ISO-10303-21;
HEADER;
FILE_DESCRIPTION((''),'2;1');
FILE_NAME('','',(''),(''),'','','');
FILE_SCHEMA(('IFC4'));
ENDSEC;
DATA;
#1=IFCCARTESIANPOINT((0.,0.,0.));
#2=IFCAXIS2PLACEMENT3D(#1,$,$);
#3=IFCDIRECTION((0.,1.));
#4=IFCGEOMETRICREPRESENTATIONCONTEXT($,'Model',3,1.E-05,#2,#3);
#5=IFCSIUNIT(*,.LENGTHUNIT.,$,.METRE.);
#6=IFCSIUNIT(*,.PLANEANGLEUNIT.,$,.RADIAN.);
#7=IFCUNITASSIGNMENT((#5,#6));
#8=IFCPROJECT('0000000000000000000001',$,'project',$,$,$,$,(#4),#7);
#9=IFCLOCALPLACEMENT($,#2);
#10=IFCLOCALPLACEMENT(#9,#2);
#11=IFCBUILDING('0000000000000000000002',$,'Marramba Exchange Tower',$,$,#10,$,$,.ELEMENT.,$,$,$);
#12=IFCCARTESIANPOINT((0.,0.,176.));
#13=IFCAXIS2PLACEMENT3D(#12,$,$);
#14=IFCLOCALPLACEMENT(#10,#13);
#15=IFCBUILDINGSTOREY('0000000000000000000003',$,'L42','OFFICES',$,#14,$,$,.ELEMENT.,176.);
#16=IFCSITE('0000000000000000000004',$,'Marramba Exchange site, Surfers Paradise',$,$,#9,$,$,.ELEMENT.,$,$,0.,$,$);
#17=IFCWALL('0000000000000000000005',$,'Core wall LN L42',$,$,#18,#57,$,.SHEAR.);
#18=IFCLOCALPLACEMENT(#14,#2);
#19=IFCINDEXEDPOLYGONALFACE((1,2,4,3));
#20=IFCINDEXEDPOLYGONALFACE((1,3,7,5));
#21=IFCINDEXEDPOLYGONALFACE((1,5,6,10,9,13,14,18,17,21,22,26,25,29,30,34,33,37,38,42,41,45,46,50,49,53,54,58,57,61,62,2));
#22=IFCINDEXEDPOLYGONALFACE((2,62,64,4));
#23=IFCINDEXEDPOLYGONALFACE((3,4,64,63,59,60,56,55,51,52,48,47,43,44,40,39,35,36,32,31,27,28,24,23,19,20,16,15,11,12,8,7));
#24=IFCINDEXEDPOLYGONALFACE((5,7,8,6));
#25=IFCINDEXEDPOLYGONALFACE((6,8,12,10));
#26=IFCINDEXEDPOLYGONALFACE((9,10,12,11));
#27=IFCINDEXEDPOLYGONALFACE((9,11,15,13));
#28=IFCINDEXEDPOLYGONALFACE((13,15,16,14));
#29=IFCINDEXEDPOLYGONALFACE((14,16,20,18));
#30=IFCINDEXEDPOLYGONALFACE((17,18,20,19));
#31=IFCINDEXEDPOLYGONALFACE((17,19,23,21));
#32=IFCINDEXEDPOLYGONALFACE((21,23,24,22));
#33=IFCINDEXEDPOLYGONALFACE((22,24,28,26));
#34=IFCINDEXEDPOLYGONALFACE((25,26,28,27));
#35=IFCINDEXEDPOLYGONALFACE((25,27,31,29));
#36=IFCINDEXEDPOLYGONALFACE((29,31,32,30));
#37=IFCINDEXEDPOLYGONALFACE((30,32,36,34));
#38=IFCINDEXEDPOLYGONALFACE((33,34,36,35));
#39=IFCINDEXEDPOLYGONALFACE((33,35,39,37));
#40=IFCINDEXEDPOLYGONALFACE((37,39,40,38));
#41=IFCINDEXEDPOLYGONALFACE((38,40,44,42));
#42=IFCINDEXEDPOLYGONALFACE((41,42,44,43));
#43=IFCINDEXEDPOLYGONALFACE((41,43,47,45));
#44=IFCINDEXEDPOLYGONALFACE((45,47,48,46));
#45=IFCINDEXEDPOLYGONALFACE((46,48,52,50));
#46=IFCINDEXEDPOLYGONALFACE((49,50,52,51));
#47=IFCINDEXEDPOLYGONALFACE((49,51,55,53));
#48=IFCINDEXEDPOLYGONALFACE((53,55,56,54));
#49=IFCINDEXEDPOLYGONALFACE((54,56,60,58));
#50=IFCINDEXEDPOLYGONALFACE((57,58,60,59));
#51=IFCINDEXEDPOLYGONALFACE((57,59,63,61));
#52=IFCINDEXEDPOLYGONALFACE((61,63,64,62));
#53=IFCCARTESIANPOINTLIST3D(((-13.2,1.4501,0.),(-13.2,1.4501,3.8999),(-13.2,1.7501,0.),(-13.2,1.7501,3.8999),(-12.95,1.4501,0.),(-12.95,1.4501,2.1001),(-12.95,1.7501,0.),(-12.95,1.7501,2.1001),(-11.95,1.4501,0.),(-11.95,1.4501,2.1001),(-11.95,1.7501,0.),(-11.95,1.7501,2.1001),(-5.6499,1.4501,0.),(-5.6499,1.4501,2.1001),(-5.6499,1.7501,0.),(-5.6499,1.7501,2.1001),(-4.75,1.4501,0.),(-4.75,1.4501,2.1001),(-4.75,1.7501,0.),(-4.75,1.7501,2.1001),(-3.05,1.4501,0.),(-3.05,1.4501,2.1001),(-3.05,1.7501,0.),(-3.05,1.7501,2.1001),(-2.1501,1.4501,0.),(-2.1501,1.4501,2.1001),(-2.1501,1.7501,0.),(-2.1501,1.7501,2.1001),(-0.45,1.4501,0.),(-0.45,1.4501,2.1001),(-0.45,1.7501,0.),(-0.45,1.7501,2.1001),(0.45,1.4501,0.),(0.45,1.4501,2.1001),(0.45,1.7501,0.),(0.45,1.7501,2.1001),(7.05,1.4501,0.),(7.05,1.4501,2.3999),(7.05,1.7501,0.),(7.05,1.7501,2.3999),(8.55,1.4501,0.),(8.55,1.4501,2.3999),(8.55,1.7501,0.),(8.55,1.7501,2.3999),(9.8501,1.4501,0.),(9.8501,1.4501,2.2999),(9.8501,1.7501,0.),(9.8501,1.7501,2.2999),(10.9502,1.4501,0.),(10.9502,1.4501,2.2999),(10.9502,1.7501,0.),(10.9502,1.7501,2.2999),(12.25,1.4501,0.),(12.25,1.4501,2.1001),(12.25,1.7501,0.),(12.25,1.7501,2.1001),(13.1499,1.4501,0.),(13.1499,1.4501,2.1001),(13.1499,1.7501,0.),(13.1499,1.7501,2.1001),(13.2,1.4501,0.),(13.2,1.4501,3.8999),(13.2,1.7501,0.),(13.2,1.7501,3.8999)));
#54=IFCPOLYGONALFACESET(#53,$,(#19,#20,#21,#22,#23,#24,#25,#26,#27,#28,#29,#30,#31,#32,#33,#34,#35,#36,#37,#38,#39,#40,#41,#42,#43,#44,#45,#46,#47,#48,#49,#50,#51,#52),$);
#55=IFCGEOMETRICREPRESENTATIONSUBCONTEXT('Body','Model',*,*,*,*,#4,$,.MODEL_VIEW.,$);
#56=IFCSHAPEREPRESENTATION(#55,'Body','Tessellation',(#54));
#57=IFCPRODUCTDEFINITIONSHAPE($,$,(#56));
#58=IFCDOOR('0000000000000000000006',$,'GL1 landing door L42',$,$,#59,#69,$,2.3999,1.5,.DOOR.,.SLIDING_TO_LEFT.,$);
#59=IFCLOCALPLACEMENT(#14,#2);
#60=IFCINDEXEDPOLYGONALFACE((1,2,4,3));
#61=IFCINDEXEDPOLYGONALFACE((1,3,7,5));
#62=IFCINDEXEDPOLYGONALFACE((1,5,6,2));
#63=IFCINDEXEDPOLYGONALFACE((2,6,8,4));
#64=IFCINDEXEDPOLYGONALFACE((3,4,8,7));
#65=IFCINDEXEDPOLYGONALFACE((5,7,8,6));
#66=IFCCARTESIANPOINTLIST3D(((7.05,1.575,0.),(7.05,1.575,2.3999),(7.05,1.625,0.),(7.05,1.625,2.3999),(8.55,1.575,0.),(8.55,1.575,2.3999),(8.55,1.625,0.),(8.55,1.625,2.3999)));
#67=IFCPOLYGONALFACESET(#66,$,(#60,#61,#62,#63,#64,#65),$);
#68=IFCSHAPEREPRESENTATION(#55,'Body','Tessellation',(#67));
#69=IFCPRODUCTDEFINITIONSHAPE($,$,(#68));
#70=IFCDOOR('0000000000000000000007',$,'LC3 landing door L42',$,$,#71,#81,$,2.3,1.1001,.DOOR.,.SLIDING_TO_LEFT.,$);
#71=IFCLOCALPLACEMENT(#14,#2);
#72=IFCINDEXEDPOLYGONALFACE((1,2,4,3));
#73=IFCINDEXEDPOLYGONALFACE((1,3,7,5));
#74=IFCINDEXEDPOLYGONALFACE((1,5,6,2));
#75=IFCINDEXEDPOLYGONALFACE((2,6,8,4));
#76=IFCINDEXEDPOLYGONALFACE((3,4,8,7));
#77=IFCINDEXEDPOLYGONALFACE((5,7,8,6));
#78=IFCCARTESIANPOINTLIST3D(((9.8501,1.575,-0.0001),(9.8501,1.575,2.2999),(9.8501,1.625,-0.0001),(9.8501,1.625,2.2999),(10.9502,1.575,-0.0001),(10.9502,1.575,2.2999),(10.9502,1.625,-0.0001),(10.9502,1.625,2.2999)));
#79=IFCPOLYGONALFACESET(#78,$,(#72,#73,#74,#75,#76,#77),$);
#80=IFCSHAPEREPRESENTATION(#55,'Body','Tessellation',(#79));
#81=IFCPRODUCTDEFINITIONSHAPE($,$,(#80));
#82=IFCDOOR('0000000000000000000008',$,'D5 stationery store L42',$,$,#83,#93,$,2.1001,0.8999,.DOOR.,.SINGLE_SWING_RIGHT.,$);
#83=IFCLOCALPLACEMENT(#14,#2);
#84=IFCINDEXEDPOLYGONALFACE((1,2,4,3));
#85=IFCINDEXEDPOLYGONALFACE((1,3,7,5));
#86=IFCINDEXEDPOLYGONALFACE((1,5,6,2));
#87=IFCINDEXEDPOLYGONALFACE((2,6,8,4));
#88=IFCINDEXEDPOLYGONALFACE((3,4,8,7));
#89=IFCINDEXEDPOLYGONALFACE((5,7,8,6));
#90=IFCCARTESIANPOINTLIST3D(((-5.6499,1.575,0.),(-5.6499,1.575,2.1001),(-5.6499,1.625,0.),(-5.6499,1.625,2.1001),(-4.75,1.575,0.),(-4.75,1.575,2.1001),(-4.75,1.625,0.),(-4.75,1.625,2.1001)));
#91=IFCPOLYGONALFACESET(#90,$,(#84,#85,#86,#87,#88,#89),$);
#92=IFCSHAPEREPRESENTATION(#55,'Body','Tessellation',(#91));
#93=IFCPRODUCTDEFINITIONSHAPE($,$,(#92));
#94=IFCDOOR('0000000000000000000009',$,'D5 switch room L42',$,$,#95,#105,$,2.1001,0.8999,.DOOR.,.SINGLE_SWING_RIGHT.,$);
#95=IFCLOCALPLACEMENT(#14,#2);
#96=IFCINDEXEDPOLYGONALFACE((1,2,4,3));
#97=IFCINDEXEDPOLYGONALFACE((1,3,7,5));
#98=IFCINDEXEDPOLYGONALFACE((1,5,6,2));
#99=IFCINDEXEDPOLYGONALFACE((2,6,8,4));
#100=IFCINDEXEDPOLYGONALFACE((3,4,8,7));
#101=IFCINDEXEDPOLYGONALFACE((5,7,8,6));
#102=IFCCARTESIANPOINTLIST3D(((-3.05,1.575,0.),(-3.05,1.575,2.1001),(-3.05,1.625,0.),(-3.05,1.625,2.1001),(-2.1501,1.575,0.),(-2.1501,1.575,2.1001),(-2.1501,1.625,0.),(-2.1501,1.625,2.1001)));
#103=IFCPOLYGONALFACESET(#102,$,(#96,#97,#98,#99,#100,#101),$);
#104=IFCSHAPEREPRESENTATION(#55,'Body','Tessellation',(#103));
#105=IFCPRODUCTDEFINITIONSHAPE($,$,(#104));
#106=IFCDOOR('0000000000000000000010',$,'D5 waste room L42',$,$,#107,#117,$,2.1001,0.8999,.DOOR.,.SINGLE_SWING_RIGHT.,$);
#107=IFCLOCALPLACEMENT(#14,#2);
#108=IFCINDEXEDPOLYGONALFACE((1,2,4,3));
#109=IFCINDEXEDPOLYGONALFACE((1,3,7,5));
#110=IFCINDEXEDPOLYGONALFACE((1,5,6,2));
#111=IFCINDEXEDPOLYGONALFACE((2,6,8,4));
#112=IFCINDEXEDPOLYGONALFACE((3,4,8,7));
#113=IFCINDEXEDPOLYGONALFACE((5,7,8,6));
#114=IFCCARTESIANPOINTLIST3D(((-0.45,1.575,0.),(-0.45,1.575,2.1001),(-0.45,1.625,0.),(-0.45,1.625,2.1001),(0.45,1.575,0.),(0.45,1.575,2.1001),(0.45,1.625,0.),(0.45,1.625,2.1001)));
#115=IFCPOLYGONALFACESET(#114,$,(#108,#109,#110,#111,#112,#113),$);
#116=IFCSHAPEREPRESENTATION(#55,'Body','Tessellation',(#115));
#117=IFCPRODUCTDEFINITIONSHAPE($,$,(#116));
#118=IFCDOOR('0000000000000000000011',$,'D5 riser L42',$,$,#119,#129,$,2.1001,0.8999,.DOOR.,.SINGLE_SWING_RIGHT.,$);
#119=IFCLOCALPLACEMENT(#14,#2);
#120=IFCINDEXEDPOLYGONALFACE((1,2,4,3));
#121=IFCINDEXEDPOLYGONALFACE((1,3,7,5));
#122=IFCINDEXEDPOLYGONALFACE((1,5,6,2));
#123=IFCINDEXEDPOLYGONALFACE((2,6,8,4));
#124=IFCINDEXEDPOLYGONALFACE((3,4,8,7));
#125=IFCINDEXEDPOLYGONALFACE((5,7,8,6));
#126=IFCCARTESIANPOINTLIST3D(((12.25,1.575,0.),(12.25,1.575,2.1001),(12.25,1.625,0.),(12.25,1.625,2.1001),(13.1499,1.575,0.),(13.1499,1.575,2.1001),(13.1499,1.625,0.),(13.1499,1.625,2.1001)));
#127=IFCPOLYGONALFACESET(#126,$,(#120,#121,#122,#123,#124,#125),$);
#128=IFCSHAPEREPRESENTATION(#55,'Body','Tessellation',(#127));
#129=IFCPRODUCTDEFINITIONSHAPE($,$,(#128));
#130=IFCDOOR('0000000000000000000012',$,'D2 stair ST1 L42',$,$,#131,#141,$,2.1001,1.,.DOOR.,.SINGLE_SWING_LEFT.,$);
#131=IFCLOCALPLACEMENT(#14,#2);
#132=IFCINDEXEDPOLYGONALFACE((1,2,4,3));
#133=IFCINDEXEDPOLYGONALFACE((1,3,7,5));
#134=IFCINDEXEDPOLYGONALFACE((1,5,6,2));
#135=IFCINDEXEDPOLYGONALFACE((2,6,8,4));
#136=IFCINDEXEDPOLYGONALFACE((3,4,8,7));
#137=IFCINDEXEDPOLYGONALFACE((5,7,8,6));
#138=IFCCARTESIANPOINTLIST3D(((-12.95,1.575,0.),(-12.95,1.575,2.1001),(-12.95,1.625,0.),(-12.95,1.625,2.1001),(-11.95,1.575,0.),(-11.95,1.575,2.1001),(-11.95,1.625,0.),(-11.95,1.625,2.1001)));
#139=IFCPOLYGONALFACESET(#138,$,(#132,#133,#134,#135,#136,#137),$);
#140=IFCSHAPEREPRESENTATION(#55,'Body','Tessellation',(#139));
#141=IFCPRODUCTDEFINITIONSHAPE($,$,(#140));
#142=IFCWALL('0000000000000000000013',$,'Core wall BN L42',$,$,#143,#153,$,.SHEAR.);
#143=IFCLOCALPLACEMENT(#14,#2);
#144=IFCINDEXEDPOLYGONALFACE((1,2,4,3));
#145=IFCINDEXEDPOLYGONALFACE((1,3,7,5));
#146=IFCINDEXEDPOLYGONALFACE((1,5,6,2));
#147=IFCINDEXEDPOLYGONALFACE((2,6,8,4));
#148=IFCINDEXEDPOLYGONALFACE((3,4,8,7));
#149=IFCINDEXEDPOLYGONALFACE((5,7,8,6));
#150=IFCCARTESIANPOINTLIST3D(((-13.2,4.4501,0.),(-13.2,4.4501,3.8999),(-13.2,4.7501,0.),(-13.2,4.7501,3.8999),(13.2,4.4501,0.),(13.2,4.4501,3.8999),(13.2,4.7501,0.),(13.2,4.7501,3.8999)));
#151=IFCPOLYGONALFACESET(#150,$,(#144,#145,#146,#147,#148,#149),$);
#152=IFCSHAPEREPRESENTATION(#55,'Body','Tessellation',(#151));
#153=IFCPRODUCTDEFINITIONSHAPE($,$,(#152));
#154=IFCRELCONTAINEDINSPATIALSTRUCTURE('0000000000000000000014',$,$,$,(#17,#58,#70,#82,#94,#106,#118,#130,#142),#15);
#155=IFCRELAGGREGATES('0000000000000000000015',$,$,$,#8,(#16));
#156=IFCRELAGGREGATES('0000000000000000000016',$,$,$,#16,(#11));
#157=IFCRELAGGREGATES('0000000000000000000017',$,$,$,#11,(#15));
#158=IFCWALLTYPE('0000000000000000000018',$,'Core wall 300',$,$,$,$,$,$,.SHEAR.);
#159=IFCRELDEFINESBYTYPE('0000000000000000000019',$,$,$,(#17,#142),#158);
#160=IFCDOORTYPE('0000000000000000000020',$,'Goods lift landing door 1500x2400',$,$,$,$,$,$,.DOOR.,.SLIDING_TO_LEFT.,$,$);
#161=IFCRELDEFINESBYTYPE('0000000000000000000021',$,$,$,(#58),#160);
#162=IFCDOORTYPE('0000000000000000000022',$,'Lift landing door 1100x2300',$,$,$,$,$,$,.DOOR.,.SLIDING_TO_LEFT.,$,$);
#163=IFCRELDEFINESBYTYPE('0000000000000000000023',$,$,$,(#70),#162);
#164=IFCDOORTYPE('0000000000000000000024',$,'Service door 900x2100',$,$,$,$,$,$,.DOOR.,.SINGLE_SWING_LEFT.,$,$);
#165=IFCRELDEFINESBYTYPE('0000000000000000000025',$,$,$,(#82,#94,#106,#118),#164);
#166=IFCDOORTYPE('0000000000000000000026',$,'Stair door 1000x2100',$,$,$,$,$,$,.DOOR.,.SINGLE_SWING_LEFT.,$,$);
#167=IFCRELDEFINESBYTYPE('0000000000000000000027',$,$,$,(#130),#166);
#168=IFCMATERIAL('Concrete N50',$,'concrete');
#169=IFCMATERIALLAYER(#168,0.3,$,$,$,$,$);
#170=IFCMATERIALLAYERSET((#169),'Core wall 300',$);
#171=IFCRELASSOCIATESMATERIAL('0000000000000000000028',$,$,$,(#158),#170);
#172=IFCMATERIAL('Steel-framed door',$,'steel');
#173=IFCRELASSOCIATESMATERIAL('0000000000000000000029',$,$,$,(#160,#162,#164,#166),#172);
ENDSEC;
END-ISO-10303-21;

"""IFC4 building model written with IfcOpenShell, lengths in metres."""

from ifc_helpers import new_model, si_unit, direction, frame, frame_2d, origin, place, context, subcontext, project, spatial, rectangle, extrude, material, layer, layer_set, type_object, element, fill, save


model = new_model("IFC4")

# Units and contexts
model_context = context("Model", 3, precision=1e-05, world=origin(), true_north=direction((0.0, 1.0)))
body_context = subcontext(model_context, "Body", "Model", "MODEL_VIEW")
ifc_project = project(units=[si_unit("LENGTHUNIT", "METRE"), si_unit("PLANEANGLEUNIT", "RADIAN")], contexts=[model_context])

# Site, building, storey
site_placement = place(None, origin())
site = spatial("IfcSite", under=ifc_project, at=site_placement, Name="Marramba Exchange site, Surfers Paradise", CompositionType="ELEMENT", RefElevation=0.0)
building_placement = place(site_placement, origin())
building = spatial("IfcBuilding", under=site, at=building_placement, Name="Marramba Exchange Tower", CompositionType="ELEMENT")
storey_placement = place(building_placement, frame((0.0, 0.0, 176.0)))
storey = spatial("IfcBuildingStorey", under=building, at=storey_placement, Name="L42", Description="OFFICES", CompositionType="ELEMENT", Elevation=176.0)

# Shared definitions
ifc_material_1 = material(Name="Concrete N50", Category="concrete")
ifc_material_2 = material(Name="Steel-framed door", Category="steel")

# Wall, openings, doors
ifc_layer_1 = layer(ifc_material_1, 0.3)
ifc_layer_set_1 = layer_set([ifc_layer_1], Name="Core wall 300")
wall_type_1 = type_object("IfcWallType", Name="Core wall 300", PredefinedType="SHEAR", material=ifc_layer_set_1)
wall_1_placement = place(storey_placement, frame((-13.2, 1.6001, 0.0), z_axis=(0.0, 0.0, 1.0), x_axis=(1.0, 0.0, 0.0)))
wall_1 = element("IfcWall", 1, at=wall_1_placement, inside=storey, type_object=wall_type_1, Name="Core wall LN L42", PredefinedType="SHEAR", context=body_context, shape_type="SweptSolid", body=[
    extrude(rectangle(XDim=26.3999, YDim=0.3, at=frame_2d((13.2, 0.0))), origin(), (0.0, 0.0, 1.0), 3.8999),
])
opening_1_placement = place(wall_1_placement, frame((0.25, 0.0, 0.0)))
opening_1 = element("IfcOpeningElement", 2, at=opening_1_placement, cuts=wall_1, PredefinedType="OPENING", context=body_context, shape_type="SweptSolid", body=[
    extrude(rectangle(XDim=1.0, YDim=2.1001, at=frame_2d((0.5, 1.05))), frame((0.0, 0.1599, 0.0), z_axis=(0.0, -1.0, 0.0), x_axis=(1.0, 0.0, 0.0)), (0.0, 0.0, 1.0), 0.3201),
])
opening_2_placement = place(wall_1_placement, frame((23.05, 0.0, 0.0)))
opening_2 = element("IfcOpeningElement", 3, at=opening_2_placement, cuts=wall_1, PredefinedType="OPENING", context=body_context, shape_type="SweptSolid", body=[
    extrude(rectangle(XDim=1.1001, YDim=2.3, at=frame_2d((0.55, 1.1499))), frame((0.0, 0.1599, 0.0), z_axis=(0.0, -1.0, 0.0), x_axis=(1.0, 0.0, 0.0)), (0.0, 0.0, 1.0), 0.3201),
])
opening_3_placement = place(wall_1_placement, frame((20.25, 0.0, 0.0)))
opening_3 = element("IfcOpeningElement", 4, at=opening_3_placement, cuts=wall_1, PredefinedType="OPENING", context=body_context, shape_type="SweptSolid", body=[
    extrude(rectangle(XDim=1.5, YDim=2.3999, at=frame_2d((0.75, 1.2))), frame((0.0, 0.1599, 0.0), z_axis=(0.0, -1.0, 0.0), x_axis=(1.0, 0.0, 0.0)), (0.0, 0.0, 1.0), 0.3201),
])
opening_4_placement = place(wall_1_placement, frame((7.55, 0.0, 0.0)))
opening_4 = element("IfcOpeningElement", 5, at=opening_4_placement, cuts=wall_1, PredefinedType="OPENING", context=body_context, shape_type="SweptSolid", body=[
    extrude(rectangle(XDim=0.8999, YDim=2.1001, at=frame_2d((0.45, 1.05))), frame((0.0, 0.1599, 0.0), z_axis=(0.0, -1.0, 0.0), x_axis=(1.0, 0.0, 0.0)), (0.0, 0.0, 1.0), 0.3201),
])
opening_5_placement = place(wall_1_placement, frame((10.1499, 0.0, 0.0)))
opening_5 = element("IfcOpeningElement", 6, at=opening_5_placement, cuts=wall_1, PredefinedType="OPENING", context=body_context, shape_type="SweptSolid", body=[
    extrude(rectangle(XDim=0.8999, YDim=2.1001, at=frame_2d((0.45, 1.05))), frame((0.0, 0.1599, 0.0), z_axis=(0.0, -1.0, 0.0), x_axis=(1.0, 0.0, 0.0)), (0.0, 0.0, 1.0), 0.3201),
])
opening_6_placement = place(wall_1_placement, frame((12.75, 0.0, 0.0)))
opening_6 = element("IfcOpeningElement", 7, at=opening_6_placement, cuts=wall_1, PredefinedType="OPENING", context=body_context, shape_type="SweptSolid", body=[
    extrude(rectangle(XDim=0.8999, YDim=2.1001, at=frame_2d((0.45, 1.05))), frame((0.0, 0.1599, 0.0), z_axis=(0.0, -1.0, 0.0), x_axis=(1.0, 0.0, 0.0)), (0.0, 0.0, 1.0), 0.3201),
])
opening_7_placement = place(wall_1_placement, frame((25.45, 0.0, 0.0)))
opening_7 = element("IfcOpeningElement", 8, at=opening_7_placement, cuts=wall_1, PredefinedType="OPENING", context=body_context, shape_type="SweptSolid", body=[
    extrude(rectangle(XDim=0.8999, YDim=2.1001, at=frame_2d((0.45, 1.05))), frame((0.0, 0.1599, 0.0), z_axis=(0.0, -1.0, 0.0), x_axis=(1.0, 0.0, 0.0)), (0.0, 0.0, 1.0), 0.3201),
])
door_type_1 = type_object("IfcDoorType", Name="Goods lift landing door 1500x2400", OperationType="SLIDING_TO_LEFT", PredefinedType="DOOR", material=ifc_material_2)
door_1_placement = place(opening_3_placement, origin())
door_1 = element("IfcDoor", 9, at=door_1_placement, inside=storey, type_object=door_type_1, Name="GL1 landing door L42", OperationType="SLIDING_TO_LEFT", OverallHeight=2.3999, OverallWidth=1.5, PredefinedType="DOOR", context=body_context, shape_type="SweptSolid", body=[
    extrude(rectangle(XDim=1.5, YDim=2.3999, at=frame_2d((0.75, 1.2))), frame((0.0, 0.0249, 0.0), z_axis=(0.0, -1.0, 0.0), x_axis=(1.0, 0.0, 0.0)), (0.0, 0.0, 1.0), 0.05),
])
fill(opening_3, door_1)
door_type_2 = type_object("IfcDoorType", Name="Lift landing door 1100x2300", OperationType="SLIDING_TO_LEFT", PredefinedType="DOOR", material=ifc_material_2)
door_2_placement = place(opening_2_placement, origin())
door_2 = element("IfcDoor", 10, at=door_2_placement, inside=storey, type_object=door_type_2, Name="LC3 landing door L42", OperationType="SLIDING_TO_LEFT", OverallHeight=2.3, OverallWidth=1.1001, PredefinedType="DOOR", context=body_context, shape_type="SweptSolid", body=[
    extrude(rectangle(XDim=1.1001, YDim=2.3, at=frame_2d((0.55, 1.1499))), frame((0.0, 0.0249, 0.0), z_axis=(0.0, -1.0, 0.0), x_axis=(1.0, 0.0, 0.0)), (0.0, 0.0, 1.0), 0.05),
])
fill(opening_2, door_2)
door_type_3 = type_object("IfcDoorType", Name="Service door 900x2100", OperationType="SINGLE_SWING_LEFT", PredefinedType="DOOR", material=ifc_material_2)
door_3_placement = place(opening_4_placement, origin())
door_3 = element("IfcDoor", 11, at=door_3_placement, inside=storey, type_object=door_type_3, Name="D5 stationery store L42", OperationType="SINGLE_SWING_RIGHT", OverallHeight=2.1001, OverallWidth=0.8999, PredefinedType="DOOR", context=body_context, shape_type="SweptSolid", body=[
    extrude(rectangle(XDim=0.8999, YDim=2.1001, at=frame_2d((0.45, 1.05))), frame((0.0, 0.0249, 0.0), z_axis=(0.0, -1.0, 0.0), x_axis=(1.0, 0.0, 0.0)), (0.0, 0.0, 1.0), 0.05),
])
fill(opening_4, door_3)
door_4_placement = place(opening_5_placement, origin())
door_4 = element("IfcDoor", 12, at=door_4_placement, inside=storey, type_object=door_type_3, Name="D5 switch room L42", OperationType="SINGLE_SWING_RIGHT", OverallHeight=2.1001, OverallWidth=0.8999, PredefinedType="DOOR", context=body_context, shape_type="SweptSolid", body=[
    extrude(rectangle(XDim=0.8999, YDim=2.1001, at=frame_2d((0.45, 1.05))), frame((0.0, 0.0249, 0.0), z_axis=(0.0, -1.0, 0.0), x_axis=(1.0, 0.0, 0.0)), (0.0, 0.0, 1.0), 0.05),
])
fill(opening_5, door_4)
door_5_placement = place(opening_6_placement, origin())
door_5 = element("IfcDoor", 13, at=door_5_placement, inside=storey, type_object=door_type_3, Name="D5 waste room L42", OperationType="SINGLE_SWING_RIGHT", OverallHeight=2.1001, OverallWidth=0.8999, PredefinedType="DOOR", context=body_context, shape_type="SweptSolid", body=[
    extrude(rectangle(XDim=0.8999, YDim=2.1001, at=frame_2d((0.45, 1.05))), frame((0.0, 0.0249, 0.0), z_axis=(0.0, -1.0, 0.0), x_axis=(1.0, 0.0, 0.0)), (0.0, 0.0, 1.0), 0.05),
])
fill(opening_6, door_5)
door_6_placement = place(opening_7_placement, origin())
door_6 = element("IfcDoor", 14, at=door_6_placement, inside=storey, type_object=door_type_3, Name="D5 riser L42", OperationType="SINGLE_SWING_RIGHT", OverallHeight=2.1001, OverallWidth=0.8999, PredefinedType="DOOR", context=body_context, shape_type="SweptSolid", body=[
    extrude(rectangle(XDim=0.8999, YDim=2.1001, at=frame_2d((0.45, 1.05))), frame((0.0, 0.0249, 0.0), z_axis=(0.0, -1.0, 0.0), x_axis=(1.0, 0.0, 0.0)), (0.0, 0.0, 1.0), 0.05),
])
fill(opening_7, door_6)
door_type_4 = type_object("IfcDoorType", Name="Stair door 1000x2100", OperationType="SINGLE_SWING_LEFT", PredefinedType="DOOR", material=ifc_material_2)
door_7_placement = place(opening_1_placement, origin())
door_7 = element("IfcDoor", 15, at=door_7_placement, inside=storey, type_object=door_type_4, Name="D2 stair ST1 L42", OperationType="SINGLE_SWING_LEFT", OverallHeight=2.1001, OverallWidth=1.0, PredefinedType="DOOR", context=body_context, shape_type="SweptSolid", body=[
    extrude(rectangle(XDim=1.0, YDim=2.1001, at=frame_2d((0.5, 1.05))), frame((0.0, 0.0249, 0.0), z_axis=(0.0, -1.0, 0.0), x_axis=(1.0, 0.0, 0.0)), (0.0, 0.0, 1.0), 0.05),
])
fill(opening_1, door_7)

# Wall
wall_2_placement = place(storey_placement, frame((-13.2, 4.6001, 0.0), z_axis=(0.0, 0.0, 1.0), x_axis=(1.0, 0.0, 0.0)))
element("IfcWall", 16, at=wall_2_placement, inside=storey, type_object=wall_type_1, Name="Core wall BN L42", PredefinedType="SHEAR", context=body_context, shape_type="SweptSolid", body=[
    extrude(rectangle(XDim=26.3999, YDim=0.3, at=frame_2d((13.2, 0.0))), origin(), (0.0, 0.0, 1.0), 3.8999),
])

save(model, "model.ifc")
